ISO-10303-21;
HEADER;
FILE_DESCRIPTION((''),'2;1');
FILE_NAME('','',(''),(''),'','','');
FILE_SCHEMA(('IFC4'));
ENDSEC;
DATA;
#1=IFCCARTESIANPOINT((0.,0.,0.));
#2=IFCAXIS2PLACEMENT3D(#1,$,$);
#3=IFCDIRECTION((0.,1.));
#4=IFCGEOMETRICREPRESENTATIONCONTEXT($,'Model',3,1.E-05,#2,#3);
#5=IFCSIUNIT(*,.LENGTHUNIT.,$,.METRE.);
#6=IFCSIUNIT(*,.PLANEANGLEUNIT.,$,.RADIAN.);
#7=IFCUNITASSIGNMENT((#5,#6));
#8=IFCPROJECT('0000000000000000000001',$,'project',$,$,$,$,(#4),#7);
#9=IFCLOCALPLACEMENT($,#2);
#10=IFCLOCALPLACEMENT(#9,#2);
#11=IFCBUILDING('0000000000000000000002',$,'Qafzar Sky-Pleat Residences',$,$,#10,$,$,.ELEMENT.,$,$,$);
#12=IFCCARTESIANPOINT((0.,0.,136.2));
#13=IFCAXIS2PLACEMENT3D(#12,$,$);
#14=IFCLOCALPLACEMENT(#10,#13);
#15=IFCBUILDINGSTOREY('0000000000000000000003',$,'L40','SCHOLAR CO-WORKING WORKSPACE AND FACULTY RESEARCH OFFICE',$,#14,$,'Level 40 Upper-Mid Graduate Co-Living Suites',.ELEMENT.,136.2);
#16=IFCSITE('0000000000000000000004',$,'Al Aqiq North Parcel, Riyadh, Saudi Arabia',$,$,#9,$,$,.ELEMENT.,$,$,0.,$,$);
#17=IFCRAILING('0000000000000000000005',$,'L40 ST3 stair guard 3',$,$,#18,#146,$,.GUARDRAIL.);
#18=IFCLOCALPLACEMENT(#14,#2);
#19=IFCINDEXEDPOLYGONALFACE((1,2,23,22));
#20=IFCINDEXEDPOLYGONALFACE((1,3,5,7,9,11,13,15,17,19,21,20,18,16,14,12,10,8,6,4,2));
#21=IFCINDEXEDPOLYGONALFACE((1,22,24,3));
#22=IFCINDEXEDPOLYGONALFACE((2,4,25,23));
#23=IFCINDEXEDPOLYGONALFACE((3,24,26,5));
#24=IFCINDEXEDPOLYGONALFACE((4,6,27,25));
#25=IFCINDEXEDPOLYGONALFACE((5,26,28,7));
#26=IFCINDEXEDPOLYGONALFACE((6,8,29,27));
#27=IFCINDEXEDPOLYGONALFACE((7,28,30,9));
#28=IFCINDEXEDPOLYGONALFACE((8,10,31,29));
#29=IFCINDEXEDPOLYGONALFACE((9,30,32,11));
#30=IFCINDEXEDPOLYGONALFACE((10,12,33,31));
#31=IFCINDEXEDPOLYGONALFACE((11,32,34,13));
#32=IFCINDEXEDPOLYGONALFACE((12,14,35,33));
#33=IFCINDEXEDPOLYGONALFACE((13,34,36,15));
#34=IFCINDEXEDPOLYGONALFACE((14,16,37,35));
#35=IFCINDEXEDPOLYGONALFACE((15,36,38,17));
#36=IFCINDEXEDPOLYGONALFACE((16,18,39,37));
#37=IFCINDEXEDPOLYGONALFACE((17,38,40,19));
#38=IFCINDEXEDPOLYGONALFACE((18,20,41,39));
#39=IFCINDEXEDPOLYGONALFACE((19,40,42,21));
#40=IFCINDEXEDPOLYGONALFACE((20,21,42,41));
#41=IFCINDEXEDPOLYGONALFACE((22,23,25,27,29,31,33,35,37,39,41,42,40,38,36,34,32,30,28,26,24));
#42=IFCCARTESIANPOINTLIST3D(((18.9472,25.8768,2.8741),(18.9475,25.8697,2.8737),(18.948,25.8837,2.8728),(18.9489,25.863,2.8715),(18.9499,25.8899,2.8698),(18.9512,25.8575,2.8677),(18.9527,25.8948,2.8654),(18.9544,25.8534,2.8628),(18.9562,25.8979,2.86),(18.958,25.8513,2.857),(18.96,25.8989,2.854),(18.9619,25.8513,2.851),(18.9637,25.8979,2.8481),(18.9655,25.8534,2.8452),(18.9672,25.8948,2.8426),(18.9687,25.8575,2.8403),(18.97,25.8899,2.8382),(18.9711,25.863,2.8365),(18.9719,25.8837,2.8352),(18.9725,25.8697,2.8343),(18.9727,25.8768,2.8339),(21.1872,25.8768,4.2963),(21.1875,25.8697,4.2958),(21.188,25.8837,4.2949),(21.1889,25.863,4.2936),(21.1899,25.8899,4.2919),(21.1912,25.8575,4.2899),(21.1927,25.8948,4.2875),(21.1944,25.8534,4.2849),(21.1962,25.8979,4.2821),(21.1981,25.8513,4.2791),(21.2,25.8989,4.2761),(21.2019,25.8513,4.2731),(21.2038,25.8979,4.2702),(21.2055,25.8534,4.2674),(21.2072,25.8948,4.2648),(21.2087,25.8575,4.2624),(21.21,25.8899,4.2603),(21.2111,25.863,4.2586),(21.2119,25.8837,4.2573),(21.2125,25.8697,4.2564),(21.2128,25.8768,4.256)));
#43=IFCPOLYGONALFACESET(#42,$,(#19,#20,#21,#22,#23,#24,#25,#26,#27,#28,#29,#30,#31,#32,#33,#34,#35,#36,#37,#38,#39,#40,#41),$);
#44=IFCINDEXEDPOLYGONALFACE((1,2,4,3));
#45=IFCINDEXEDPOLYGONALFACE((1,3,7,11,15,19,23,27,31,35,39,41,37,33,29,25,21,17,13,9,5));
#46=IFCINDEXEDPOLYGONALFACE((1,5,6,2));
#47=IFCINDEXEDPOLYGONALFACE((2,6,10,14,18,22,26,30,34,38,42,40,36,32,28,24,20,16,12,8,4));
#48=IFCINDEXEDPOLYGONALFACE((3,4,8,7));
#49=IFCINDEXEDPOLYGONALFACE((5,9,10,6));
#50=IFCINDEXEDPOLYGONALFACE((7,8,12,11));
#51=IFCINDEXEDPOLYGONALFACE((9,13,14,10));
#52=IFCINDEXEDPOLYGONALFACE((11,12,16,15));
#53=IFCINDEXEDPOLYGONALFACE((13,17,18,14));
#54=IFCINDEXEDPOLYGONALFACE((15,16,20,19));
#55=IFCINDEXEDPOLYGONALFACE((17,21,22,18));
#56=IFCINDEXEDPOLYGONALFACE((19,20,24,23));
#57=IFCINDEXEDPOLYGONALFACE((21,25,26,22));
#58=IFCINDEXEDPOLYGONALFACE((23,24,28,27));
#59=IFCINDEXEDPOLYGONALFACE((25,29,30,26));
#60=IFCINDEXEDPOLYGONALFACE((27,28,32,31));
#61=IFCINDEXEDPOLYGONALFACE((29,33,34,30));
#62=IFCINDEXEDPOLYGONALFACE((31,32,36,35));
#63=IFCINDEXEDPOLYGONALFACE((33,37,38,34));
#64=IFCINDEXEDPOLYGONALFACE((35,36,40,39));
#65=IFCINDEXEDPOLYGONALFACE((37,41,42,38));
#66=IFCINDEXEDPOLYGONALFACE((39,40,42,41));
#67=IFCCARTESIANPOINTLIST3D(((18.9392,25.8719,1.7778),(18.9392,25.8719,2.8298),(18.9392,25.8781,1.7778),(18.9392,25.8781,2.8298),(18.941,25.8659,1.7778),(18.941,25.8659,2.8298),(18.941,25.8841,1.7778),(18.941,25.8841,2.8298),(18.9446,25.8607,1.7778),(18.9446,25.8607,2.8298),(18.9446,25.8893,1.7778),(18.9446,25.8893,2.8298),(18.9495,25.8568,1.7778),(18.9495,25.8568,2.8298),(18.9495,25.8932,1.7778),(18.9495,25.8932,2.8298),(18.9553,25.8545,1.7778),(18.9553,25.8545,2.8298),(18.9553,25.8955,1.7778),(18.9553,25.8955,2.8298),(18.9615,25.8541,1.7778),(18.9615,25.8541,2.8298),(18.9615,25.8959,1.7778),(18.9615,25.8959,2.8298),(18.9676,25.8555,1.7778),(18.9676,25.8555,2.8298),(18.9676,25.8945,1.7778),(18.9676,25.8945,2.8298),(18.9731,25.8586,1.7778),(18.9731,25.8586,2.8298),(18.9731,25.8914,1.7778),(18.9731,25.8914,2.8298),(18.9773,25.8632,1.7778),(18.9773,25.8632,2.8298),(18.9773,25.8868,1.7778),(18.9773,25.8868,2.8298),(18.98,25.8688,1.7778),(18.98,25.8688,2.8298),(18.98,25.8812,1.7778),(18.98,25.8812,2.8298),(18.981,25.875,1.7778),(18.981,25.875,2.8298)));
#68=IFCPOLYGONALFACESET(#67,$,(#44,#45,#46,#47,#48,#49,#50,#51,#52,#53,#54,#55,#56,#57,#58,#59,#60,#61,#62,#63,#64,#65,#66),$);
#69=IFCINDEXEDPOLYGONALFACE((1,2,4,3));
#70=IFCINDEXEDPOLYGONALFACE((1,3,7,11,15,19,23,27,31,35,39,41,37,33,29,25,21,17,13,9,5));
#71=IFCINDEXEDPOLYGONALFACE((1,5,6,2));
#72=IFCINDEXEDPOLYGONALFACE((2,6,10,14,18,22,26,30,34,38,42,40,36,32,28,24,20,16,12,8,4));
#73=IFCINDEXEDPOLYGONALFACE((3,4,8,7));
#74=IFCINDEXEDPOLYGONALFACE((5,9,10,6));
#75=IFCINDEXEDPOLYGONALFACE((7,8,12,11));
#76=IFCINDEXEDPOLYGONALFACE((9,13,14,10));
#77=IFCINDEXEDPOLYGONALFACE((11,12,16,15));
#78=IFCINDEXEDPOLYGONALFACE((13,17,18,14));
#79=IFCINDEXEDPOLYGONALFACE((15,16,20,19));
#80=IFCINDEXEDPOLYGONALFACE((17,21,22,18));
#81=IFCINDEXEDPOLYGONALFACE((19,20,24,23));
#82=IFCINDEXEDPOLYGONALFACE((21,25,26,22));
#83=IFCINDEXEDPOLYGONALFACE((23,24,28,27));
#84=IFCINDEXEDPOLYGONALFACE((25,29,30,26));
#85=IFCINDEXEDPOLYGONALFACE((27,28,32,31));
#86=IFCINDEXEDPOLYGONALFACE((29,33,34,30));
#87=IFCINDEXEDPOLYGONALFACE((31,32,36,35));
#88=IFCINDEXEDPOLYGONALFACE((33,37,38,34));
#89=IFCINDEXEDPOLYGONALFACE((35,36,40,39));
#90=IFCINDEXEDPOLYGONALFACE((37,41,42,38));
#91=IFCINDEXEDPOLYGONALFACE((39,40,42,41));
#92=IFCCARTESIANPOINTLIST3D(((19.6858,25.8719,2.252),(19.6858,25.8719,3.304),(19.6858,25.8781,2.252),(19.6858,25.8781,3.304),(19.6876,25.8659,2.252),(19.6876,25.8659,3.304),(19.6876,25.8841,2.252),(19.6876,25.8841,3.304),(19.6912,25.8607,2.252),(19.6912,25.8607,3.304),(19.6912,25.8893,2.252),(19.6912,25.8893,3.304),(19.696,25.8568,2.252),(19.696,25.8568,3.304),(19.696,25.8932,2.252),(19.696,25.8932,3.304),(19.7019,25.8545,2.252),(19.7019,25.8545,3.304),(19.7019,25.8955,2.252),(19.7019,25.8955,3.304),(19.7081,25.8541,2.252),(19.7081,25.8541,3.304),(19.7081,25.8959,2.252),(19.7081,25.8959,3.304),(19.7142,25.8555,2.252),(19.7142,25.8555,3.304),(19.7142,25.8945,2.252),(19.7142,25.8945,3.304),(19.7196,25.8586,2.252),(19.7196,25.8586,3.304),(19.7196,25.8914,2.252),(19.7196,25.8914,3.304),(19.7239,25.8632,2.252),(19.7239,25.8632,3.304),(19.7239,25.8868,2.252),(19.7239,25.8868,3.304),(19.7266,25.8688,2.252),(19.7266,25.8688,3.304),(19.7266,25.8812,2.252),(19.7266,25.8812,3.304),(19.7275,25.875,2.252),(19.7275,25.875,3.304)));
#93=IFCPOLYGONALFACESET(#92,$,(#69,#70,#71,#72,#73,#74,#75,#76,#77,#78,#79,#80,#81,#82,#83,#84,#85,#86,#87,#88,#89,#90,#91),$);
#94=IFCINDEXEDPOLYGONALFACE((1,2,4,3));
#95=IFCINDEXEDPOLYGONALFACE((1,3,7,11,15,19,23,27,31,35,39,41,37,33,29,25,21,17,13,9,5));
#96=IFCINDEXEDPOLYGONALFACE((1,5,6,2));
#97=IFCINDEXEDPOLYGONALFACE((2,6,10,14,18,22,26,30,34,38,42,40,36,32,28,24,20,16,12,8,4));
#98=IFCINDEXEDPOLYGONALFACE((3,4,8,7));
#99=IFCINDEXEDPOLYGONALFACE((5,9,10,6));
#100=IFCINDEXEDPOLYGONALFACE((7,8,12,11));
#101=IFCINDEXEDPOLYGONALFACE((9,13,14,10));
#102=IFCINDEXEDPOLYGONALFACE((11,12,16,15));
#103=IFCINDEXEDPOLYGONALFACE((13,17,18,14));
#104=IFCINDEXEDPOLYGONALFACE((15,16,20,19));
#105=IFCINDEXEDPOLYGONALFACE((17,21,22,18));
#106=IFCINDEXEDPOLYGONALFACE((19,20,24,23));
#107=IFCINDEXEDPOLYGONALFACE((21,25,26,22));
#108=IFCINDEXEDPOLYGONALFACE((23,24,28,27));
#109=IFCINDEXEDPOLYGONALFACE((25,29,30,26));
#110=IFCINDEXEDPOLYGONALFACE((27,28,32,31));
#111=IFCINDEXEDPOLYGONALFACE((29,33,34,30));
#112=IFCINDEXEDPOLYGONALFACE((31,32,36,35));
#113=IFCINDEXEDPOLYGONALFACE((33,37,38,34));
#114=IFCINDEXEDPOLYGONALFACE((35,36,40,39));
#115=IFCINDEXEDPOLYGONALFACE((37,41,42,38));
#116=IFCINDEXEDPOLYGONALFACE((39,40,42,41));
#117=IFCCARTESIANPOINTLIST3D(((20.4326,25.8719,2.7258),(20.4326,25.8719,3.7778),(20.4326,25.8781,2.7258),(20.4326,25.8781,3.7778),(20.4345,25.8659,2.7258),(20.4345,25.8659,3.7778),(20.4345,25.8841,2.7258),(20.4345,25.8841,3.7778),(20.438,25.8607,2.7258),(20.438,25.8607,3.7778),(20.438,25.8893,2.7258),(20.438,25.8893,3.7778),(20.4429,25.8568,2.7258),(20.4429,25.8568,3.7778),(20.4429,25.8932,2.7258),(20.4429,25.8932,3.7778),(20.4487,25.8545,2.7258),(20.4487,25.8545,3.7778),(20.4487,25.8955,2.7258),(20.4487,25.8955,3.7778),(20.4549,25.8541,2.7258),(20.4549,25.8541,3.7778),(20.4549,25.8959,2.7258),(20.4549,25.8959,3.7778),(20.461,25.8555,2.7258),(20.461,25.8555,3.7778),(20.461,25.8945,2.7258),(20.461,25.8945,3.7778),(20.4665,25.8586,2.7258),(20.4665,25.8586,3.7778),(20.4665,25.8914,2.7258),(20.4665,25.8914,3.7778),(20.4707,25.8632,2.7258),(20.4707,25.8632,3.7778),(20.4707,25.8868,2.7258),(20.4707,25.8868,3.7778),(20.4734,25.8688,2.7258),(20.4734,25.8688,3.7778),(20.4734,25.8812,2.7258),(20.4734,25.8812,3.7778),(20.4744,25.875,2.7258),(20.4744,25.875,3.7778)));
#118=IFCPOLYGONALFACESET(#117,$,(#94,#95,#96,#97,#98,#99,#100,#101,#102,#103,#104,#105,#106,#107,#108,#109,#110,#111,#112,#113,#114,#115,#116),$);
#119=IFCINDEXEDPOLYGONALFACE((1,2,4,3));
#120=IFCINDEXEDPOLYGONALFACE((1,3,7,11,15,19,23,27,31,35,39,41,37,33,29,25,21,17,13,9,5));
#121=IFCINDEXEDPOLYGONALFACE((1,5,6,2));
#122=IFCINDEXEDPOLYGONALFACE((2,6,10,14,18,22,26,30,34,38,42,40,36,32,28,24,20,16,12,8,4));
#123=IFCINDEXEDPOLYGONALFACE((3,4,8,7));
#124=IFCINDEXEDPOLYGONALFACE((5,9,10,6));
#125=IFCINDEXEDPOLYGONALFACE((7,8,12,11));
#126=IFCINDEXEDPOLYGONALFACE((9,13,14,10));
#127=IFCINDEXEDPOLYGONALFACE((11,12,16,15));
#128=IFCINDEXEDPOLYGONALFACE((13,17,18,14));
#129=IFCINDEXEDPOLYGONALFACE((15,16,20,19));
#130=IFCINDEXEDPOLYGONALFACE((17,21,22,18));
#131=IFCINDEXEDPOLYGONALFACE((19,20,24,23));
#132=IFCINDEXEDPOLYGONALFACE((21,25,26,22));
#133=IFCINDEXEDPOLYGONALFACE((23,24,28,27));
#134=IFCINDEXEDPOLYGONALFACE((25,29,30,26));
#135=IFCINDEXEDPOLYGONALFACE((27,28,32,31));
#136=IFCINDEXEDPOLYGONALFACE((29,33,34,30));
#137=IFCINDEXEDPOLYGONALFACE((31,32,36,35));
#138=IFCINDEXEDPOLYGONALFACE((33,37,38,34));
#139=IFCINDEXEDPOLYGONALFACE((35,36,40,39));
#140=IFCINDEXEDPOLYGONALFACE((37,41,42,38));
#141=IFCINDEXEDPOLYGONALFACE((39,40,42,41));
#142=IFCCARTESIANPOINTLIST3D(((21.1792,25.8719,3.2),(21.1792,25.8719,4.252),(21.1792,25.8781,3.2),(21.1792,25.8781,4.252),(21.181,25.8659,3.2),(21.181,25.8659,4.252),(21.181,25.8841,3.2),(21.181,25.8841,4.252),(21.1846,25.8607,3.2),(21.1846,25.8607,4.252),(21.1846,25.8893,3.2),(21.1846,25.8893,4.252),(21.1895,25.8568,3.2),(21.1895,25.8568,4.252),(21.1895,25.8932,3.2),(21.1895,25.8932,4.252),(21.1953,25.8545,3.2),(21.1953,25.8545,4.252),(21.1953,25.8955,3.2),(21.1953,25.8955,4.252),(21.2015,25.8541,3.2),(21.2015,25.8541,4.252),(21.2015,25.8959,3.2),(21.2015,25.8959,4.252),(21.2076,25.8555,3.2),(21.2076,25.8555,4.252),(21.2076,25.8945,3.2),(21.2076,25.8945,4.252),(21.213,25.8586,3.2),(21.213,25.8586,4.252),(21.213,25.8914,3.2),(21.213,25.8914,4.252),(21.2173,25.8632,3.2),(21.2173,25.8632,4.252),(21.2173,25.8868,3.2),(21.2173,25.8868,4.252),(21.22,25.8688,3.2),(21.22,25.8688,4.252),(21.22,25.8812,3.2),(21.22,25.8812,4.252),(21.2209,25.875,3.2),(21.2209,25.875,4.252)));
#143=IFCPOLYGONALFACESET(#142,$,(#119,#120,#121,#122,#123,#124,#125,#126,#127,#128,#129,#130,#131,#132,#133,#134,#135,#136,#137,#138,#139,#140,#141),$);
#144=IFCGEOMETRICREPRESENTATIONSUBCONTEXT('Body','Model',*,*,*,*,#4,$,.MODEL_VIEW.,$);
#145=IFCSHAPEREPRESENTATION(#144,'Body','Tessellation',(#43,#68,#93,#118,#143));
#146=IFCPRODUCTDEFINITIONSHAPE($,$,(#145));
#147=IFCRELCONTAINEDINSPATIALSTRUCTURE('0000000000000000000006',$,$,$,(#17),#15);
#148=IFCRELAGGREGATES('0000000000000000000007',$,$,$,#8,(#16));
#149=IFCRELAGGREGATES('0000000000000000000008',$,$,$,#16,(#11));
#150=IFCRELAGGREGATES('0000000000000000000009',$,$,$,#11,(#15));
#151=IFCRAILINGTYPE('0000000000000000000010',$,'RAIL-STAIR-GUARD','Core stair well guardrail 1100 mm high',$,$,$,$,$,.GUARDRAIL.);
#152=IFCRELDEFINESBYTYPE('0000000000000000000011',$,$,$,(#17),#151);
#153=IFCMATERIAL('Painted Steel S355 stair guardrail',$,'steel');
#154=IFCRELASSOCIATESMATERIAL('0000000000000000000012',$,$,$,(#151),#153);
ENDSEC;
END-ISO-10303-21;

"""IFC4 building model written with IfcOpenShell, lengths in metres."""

from ifc_helpers import new_model, si_unit, direction, frame, origin, origin_2d, place, context, subcontext, project, spatial, circle, extrude, source, transform, mapped, material, type_object, element, save


model = new_model("IFC4")

# Units and contexts
model_context = context("Model", 3, precision=1e-05, world=origin(), true_north=direction((0.0, 1.0)))
body_context = subcontext(model_context, "Body", "Model", "MODEL_VIEW")
ifc_project = project(units=[si_unit("LENGTHUNIT", "METRE"), si_unit("PLANEANGLEUNIT", "RADIAN")], contexts=[model_context])

# Site, building, storey
site_placement = place(None, origin())
site = spatial("IfcSite", under=ifc_project, at=site_placement, Name="Al Aqiq North Parcel, Riyadh, Saudi Arabia", CompositionType="ELEMENT", RefElevation=0.0)
building_placement = place(site_placement, origin())
building = spatial("IfcBuilding", under=site, at=building_placement, Name="Qafzar Sky-Pleat Residences", CompositionType="ELEMENT")
storey_placement = place(building_placement, frame((0.0, 0.0, 136.2)))
storey = spatial("IfcBuildingStorey", under=building, at=storey_placement, Name="L40", Description="SCHOLAR CO-WORKING WORKSPACE AND FACULTY RESEARCH OFFICE", LongName="Level 40 Upper-Mid Graduate Co-Living Suites", CompositionType="ELEMENT", Elevation=136.2)

# Railing
ifc_material_1 = material(Name="Painted Steel S355 stair guardrail", Category="steel")
railing_type_1 = type_object("IfcRailingType", Name="RAIL-STAIR-GUARD", Description="Core stair well guardrail 1100 mm high", PredefinedType="GUARDRAIL", material=ifc_material_1)
shared_shape_1 = source(origin(), body_context, "Body", "SweptSolid", [
    extrude(circle(Radius=0.0239, at=origin_2d()), frame((0.0, 0.0, 1.0762), z_axis=(0.844229, 0.0, 0.535982), x_axis=(0.0, 1.0, 0.0)), (0.0, 0.0, 1.0), 2.6533),
    extrude(circle(Radius=0.021, at=origin_2d()), origin(), (0.0, 0.0, 1.0), 1.052),
    extrude(circle(Radius=0.021, at=origin_2d()), frame((0.7466, 0.0, 0.4741)), (0.0, 0.0, 1.0), 1.052),
    extrude(circle(Radius=0.021, at=origin_2d()), frame((1.4934, 0.0, 0.948)), (0.0, 0.0, 1.0), 1.052),
    extrude(circle(Radius=0.021, at=origin_2d()), frame((2.24, 0.0, 1.4221)), (0.0, 0.0, 1.0), 1.052),
])
railing_1_placement = place(storey_placement, frame((18.96, 25.875, 1.7778)))
element("IfcRailing", 1, at=railing_1_placement, inside=storey, type_object=railing_type_1, Name="L40 ST3 stair guard 3", PredefinedType="GUARDRAIL", context=body_context, shape_type="MappedRepresentation", body=[
    mapped(shared_shape_1, transform((0.0, 0.0, 0.0), x_axis=(1.0, 0.0, 0.0), y_axis=(0.0, 1.0, 0.0), z_axis=(0.0, 0.0, 1.0), scale=1.0)),
])

save(model, "model.ifc")
